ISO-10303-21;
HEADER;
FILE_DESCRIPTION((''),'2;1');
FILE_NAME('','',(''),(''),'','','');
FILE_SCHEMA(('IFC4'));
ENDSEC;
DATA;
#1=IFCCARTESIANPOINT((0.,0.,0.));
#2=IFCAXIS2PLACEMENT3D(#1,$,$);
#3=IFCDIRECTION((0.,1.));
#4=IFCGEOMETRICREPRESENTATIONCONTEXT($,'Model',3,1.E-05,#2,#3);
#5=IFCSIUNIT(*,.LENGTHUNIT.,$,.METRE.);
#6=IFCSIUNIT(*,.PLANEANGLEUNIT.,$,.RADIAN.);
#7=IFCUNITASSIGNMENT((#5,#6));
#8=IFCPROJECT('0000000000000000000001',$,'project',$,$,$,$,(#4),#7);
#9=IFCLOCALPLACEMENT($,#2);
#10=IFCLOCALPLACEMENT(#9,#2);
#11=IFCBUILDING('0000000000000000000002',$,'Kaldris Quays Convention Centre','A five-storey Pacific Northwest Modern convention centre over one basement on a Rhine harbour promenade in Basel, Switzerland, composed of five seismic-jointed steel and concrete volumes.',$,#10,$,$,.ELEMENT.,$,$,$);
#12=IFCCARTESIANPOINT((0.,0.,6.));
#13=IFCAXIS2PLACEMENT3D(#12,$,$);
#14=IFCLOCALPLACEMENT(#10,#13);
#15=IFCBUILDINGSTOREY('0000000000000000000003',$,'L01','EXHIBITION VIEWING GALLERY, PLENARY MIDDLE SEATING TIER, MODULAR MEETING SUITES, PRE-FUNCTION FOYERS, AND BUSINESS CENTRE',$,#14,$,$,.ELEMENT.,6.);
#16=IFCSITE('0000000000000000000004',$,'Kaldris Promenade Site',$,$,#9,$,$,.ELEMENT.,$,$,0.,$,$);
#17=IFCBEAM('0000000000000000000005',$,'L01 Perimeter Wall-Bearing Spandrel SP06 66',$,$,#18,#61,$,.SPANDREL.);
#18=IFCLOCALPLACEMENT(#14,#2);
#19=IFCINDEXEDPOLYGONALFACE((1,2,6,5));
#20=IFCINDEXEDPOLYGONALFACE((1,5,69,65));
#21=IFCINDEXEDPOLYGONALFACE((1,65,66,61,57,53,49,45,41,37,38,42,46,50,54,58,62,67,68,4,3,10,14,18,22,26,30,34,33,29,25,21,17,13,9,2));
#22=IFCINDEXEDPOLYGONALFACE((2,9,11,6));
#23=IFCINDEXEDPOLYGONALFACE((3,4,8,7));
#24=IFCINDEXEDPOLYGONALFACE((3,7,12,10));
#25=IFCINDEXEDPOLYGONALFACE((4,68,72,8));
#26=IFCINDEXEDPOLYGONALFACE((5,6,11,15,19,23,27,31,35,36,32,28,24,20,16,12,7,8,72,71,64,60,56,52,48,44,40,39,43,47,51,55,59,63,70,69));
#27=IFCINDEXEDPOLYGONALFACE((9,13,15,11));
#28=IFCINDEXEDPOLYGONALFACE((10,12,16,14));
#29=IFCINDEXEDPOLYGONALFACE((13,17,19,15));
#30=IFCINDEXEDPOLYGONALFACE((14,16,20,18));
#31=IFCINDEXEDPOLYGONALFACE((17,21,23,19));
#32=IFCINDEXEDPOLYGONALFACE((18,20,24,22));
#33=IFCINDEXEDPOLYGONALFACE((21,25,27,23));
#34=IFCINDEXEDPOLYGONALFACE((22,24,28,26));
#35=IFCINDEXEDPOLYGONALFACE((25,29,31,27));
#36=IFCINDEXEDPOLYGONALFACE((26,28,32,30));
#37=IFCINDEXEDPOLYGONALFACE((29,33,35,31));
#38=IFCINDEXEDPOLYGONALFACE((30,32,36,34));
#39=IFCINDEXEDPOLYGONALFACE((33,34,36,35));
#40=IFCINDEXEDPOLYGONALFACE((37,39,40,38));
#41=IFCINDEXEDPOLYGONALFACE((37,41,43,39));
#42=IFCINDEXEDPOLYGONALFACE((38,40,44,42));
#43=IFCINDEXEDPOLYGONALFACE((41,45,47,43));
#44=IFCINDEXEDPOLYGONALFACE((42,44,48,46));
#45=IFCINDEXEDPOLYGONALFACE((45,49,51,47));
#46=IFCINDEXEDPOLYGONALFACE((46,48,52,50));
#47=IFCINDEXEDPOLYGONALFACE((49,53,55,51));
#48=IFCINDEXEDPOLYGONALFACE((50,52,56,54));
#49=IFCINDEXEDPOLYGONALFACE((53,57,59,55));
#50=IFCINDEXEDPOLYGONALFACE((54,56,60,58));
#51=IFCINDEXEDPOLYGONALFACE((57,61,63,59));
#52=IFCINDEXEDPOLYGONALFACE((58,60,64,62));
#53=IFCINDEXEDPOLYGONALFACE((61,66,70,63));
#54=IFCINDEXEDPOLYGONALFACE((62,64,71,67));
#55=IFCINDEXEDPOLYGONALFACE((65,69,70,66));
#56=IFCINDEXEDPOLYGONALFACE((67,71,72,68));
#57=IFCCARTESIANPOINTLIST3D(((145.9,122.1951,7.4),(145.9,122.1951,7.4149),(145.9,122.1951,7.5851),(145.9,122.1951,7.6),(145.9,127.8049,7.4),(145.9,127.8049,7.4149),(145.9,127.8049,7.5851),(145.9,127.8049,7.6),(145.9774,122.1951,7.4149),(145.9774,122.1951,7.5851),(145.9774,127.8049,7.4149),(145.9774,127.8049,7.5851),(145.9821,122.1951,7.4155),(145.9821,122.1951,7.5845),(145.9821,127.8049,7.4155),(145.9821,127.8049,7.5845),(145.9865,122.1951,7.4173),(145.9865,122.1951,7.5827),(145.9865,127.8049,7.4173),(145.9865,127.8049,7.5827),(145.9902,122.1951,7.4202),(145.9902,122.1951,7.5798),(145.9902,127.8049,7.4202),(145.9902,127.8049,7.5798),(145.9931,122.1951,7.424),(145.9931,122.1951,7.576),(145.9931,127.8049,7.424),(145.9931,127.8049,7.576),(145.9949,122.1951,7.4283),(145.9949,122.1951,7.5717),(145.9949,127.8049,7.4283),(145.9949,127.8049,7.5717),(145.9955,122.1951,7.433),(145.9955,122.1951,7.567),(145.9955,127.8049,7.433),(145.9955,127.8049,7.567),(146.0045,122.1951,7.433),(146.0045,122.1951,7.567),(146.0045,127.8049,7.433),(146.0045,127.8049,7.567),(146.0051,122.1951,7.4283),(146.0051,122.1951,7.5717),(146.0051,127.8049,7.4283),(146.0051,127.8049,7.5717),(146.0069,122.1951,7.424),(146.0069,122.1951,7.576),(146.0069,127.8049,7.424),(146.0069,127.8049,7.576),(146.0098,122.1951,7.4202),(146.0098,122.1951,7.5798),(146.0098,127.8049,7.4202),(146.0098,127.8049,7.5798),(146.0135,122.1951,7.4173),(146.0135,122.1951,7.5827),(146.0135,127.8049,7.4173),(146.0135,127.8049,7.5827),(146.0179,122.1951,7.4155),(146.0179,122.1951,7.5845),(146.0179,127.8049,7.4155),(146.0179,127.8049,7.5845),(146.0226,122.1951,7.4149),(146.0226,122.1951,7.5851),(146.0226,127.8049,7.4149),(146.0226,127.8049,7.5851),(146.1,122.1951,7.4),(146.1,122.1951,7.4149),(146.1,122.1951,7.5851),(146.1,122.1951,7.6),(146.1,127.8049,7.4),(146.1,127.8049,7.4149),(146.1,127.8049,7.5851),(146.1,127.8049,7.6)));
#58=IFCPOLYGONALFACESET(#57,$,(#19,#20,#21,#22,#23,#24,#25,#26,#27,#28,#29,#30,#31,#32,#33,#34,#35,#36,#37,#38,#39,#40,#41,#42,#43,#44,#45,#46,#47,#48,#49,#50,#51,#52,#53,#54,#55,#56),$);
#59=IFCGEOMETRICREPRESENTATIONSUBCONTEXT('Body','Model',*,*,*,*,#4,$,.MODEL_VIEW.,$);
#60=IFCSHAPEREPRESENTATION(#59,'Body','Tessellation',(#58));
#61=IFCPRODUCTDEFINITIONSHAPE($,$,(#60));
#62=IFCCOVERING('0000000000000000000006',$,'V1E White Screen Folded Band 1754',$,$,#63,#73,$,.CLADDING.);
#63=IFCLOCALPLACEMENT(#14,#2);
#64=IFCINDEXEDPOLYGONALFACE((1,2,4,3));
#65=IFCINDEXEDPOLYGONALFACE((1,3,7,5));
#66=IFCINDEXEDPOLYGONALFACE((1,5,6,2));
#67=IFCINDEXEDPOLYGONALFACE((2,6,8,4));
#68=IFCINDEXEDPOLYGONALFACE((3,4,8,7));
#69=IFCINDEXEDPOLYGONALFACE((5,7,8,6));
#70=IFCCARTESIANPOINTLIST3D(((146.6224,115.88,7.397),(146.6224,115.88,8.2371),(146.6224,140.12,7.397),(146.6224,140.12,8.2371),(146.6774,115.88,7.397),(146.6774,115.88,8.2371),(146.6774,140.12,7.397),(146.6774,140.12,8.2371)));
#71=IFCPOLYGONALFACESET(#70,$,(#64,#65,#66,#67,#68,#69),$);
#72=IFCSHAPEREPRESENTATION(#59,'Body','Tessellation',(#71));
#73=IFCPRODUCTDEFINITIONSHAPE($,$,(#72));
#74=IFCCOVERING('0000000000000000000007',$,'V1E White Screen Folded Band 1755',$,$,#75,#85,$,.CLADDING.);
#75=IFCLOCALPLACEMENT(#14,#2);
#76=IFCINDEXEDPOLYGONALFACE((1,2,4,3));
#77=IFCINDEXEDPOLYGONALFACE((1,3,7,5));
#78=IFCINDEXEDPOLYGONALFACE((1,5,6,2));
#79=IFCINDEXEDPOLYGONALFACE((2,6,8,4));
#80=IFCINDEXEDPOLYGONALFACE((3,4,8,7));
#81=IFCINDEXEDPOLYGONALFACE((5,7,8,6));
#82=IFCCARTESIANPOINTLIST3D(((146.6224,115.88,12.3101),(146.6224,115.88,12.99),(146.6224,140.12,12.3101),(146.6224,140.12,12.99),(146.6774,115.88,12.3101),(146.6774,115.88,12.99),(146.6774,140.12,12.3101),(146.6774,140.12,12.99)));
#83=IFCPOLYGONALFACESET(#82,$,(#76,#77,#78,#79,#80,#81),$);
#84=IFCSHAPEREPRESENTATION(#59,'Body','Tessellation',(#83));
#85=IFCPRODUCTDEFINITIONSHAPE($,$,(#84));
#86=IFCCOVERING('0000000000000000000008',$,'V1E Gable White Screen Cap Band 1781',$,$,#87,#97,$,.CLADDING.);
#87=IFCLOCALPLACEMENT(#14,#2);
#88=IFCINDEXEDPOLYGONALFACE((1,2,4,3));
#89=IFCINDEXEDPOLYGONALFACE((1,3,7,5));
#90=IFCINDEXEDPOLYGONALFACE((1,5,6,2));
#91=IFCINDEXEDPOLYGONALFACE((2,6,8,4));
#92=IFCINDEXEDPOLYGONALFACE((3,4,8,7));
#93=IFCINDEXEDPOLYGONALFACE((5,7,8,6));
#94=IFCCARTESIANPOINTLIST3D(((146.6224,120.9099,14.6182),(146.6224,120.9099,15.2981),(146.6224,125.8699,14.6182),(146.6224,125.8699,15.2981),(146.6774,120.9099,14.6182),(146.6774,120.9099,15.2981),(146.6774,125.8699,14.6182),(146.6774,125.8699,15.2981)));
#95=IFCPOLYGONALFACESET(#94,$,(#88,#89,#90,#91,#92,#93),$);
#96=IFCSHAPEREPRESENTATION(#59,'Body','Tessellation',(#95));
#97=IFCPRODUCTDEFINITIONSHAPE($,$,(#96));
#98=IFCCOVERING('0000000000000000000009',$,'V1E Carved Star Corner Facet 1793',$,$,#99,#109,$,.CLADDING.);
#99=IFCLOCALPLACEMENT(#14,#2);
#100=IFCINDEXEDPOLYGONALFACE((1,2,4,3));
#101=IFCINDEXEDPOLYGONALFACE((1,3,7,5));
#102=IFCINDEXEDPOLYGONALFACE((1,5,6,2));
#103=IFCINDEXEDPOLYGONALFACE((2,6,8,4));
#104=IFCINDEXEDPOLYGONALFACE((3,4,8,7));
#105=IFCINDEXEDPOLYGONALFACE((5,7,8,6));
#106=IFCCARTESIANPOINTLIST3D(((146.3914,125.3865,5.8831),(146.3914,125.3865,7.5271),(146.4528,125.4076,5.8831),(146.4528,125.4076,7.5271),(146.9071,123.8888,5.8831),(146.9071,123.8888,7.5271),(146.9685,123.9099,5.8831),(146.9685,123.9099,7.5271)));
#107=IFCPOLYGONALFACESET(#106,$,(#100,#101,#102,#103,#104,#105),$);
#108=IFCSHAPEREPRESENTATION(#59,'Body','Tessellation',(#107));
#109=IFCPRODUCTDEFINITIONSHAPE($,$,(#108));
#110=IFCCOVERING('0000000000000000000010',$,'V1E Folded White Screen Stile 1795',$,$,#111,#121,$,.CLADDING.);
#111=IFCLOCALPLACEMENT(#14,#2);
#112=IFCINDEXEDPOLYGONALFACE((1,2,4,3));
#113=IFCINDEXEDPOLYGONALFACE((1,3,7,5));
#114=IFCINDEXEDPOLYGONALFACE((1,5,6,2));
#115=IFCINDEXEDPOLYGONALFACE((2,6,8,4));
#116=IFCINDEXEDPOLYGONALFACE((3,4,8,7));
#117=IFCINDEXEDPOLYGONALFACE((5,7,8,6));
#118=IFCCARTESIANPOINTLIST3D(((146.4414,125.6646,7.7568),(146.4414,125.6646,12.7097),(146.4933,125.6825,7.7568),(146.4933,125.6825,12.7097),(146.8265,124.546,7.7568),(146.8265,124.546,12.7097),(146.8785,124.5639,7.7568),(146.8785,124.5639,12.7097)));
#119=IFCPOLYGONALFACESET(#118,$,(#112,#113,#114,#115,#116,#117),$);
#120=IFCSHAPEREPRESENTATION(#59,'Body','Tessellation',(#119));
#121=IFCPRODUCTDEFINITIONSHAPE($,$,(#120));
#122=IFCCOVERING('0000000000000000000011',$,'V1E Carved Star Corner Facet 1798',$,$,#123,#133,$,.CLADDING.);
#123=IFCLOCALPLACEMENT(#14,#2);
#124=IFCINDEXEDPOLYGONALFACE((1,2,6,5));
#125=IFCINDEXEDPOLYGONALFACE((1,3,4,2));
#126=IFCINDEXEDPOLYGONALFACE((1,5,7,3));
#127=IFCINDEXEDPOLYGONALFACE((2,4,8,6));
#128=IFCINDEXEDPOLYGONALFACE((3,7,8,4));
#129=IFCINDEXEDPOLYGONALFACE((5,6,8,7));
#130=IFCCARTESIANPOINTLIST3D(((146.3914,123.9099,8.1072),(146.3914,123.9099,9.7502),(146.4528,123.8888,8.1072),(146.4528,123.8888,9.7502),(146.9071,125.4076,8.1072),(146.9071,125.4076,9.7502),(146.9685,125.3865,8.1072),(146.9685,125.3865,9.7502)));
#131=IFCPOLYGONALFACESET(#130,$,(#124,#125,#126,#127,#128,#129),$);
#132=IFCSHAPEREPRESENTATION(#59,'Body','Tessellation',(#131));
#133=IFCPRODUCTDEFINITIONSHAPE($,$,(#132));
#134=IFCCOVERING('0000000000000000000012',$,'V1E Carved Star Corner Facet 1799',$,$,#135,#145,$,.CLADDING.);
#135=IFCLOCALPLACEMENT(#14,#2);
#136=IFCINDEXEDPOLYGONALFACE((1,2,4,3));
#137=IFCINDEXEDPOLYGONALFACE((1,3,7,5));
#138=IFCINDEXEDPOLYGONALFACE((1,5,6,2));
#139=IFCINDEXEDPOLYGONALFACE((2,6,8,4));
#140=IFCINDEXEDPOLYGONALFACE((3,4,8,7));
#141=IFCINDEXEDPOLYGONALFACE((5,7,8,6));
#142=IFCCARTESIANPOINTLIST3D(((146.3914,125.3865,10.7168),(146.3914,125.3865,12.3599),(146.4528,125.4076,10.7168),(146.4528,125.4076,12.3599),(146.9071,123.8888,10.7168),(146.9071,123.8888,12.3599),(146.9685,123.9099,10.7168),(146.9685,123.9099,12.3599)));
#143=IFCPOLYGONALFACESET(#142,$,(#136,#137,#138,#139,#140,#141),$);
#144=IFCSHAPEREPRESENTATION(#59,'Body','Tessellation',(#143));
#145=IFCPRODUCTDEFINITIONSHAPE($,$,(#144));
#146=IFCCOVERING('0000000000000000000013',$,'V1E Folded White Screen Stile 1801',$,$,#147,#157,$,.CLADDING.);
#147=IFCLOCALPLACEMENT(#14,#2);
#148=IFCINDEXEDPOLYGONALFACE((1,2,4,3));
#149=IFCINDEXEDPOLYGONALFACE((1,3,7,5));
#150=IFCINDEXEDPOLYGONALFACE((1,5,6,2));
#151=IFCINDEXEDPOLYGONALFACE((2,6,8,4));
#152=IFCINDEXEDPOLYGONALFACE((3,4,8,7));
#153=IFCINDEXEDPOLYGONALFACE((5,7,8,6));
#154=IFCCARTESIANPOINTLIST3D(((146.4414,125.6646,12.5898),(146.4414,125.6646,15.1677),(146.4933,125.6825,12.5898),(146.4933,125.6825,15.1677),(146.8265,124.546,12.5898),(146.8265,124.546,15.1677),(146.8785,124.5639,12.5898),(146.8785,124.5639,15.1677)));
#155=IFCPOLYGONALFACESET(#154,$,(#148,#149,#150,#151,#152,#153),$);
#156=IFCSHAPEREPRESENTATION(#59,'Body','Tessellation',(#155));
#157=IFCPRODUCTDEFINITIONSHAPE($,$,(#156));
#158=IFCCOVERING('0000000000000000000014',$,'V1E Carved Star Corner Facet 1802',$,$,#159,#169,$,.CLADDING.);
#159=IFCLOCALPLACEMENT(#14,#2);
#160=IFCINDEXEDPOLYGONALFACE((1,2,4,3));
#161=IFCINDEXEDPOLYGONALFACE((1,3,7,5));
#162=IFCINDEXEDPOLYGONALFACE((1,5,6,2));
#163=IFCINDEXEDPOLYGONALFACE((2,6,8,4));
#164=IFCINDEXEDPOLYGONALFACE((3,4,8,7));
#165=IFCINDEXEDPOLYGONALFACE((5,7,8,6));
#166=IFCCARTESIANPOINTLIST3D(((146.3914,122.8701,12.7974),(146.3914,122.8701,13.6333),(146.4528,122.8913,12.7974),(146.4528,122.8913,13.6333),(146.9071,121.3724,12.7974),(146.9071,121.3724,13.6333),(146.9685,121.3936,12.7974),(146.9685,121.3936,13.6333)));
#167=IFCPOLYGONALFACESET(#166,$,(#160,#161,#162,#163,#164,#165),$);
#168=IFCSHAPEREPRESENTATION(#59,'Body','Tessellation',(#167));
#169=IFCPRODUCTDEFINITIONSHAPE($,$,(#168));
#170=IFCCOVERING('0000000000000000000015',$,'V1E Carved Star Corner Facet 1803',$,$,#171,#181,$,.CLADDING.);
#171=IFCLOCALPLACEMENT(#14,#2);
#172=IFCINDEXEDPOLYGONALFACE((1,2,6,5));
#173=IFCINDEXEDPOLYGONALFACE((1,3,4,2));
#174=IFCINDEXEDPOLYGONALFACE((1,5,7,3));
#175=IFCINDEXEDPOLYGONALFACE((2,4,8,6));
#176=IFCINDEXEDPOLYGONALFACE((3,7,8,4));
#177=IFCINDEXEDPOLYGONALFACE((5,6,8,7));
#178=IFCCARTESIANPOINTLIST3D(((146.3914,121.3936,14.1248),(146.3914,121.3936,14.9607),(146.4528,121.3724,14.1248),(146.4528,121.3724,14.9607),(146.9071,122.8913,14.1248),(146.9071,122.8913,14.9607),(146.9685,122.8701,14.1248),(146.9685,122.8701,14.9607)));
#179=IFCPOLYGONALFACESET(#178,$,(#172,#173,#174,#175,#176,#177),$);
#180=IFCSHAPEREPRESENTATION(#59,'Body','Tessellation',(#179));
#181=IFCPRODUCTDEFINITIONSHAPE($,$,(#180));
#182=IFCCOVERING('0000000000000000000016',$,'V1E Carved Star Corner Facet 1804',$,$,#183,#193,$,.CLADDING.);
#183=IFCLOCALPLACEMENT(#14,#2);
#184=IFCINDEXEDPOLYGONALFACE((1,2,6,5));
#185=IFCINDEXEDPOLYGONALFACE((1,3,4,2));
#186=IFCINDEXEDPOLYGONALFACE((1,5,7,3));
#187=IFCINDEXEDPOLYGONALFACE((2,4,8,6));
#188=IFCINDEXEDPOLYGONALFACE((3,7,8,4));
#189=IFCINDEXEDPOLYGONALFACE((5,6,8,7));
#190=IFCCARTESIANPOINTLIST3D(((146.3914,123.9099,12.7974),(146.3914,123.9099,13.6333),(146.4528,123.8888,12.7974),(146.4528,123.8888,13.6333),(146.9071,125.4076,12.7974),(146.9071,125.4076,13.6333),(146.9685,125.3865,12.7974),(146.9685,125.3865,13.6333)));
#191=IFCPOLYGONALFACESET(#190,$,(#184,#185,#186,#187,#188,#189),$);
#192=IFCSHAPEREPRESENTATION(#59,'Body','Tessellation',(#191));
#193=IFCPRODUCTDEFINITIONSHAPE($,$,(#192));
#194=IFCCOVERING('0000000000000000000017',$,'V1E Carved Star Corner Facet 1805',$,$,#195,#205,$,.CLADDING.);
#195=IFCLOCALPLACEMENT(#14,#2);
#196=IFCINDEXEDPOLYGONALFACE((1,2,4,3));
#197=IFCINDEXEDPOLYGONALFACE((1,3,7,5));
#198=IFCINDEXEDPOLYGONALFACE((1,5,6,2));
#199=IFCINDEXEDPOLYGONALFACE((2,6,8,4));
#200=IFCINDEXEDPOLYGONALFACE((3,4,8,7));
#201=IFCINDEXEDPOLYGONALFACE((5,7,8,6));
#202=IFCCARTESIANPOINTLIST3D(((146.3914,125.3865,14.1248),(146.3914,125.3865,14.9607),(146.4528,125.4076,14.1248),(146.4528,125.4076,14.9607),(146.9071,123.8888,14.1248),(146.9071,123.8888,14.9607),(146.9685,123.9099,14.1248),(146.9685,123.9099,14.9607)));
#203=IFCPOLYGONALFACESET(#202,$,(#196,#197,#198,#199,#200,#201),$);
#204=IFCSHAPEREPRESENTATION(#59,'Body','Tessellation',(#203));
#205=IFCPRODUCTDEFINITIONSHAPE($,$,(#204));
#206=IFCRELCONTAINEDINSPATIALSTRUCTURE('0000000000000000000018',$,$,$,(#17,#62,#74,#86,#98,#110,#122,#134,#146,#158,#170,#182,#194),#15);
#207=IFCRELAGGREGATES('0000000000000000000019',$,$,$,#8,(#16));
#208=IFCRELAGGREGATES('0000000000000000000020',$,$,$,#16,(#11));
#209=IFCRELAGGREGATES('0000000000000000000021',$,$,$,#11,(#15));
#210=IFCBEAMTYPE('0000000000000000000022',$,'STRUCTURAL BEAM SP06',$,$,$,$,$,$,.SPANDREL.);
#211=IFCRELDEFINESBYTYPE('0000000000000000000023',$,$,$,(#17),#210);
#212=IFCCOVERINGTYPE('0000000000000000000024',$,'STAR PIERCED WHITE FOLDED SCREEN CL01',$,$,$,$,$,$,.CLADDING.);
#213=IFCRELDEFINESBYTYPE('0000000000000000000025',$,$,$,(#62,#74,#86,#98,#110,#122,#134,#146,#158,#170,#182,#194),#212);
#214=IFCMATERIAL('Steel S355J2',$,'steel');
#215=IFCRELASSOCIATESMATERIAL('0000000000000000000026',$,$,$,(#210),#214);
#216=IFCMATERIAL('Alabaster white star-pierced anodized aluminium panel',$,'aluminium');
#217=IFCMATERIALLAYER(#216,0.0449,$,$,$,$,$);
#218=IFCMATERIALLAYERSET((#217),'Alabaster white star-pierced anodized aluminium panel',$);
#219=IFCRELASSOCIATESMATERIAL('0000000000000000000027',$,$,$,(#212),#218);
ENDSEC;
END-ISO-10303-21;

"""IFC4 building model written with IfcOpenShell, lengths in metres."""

from ifc_helpers import new_model, si_unit, direction, frame, origin, origin_2d, place, context, subcontext, project, spatial, rectangle, i_section, extrude, material, layer, layer_set, material_profile, profile_set, type_object, element, save


model = new_model("IFC4")

# Units and contexts
model_context = context("Model", 3, precision=1e-05, world=origin(), true_north=direction((0.0, 1.0)))
body_context = subcontext(model_context, "Body", "Model", "MODEL_VIEW")
ifc_project = project(units=[si_unit("LENGTHUNIT", "METRE"), si_unit("PLANEANGLEUNIT", "RADIAN")], contexts=[model_context])

# Site, building, storey
site_placement = place(None, origin())
site = spatial("IfcSite", under=ifc_project, at=site_placement, Name="Kaldris Promenade Site", CompositionType="ELEMENT", RefElevation=0.0)
building_placement = place(site_placement, origin())
building = spatial("IfcBuilding", under=site, at=building_placement, Name="Kaldris Quays Convention Centre", Description="A five-storey Pacific Northwest Modern convention centre over one basement on a Rhine harbour promenade in Basel, Switzerland, composed of five seismic-jointed steel and concrete volumes.", CompositionType="ELEMENT")
storey_placement = place(building_placement, frame((0.0, 0.0, 6.0)))
storey = spatial("IfcBuildingStorey", under=building, at=storey_placement, Name="L01", Description="EXHIBITION VIEWING GALLERY, PLENARY MIDDLE SEATING TIER, MODULAR MEETING SUITES, PRE-FUNCTION FOYERS, AND BUSINESS CENTRE", CompositionType="ELEMENT", Elevation=6.0)

# Beam
ifc_material_1 = material(Name="Steel S355J2", Category="steel")
ifc_material_profile = material_profile(ifc_material_1, i_section(OverallWidth=0.2, OverallDepth=0.2, WebThickness=0.009, FlangeThickness=0.0149, FilletRadius=0.0181, at=origin_2d()), Name="HEB 200")
ifc_profile_set = profile_set([ifc_material_profile], Name="Steel S355J2")
beam_type = type_object("IfcBeamType", Name="STRUCTURAL BEAM SP06", PredefinedType="SPANDREL", material=ifc_profile_set)
beam_placement = place(storey_placement, frame((146.0, 122.1951, 7.5), z_axis=(0.0, 1.0, 0.0), x_axis=(-1.0, 0.0, 0.0)))
element("IfcBeam", 1, at=beam_placement, inside=storey, type_object=beam_type, Name="L01 Perimeter Wall-Bearing Spandrel SP06 66", PredefinedType="SPANDREL", context=body_context, shape_type="SweptSolid", body=[
    extrude(i_section(OverallWidth=0.2, OverallDepth=0.2, WebThickness=0.009, FlangeThickness=0.0149, FilletRadius=0.0181, at=origin_2d()), origin(), (0.0, 0.0, 1.0), 5.6099),
])

# Coverings
ifc_material_2 = material(Name="Alabaster white star-pierced anodized aluminium panel", Category="aluminium")
ifc_layer = layer(ifc_material_2, 0.0449)
ifc_layer_set = layer_set([ifc_layer], Name="Alabaster white star-pierced anodized aluminium panel")
covering_type = type_object("IfcCoveringType", Name="STAR PIERCED WHITE FOLDED SCREEN CL01", PredefinedType="CLADDING", material=ifc_layer_set)
covering_1_placement = place(storey_placement, frame((146.6499, 128.0, 7.397), z_axis=(0.0, 0.0, 1.0), x_axis=(0.0, 1.0, 0.0)))
element("IfcCovering", 2, at=covering_1_placement, inside=storey, type_object=covering_type, Name="V1E White Screen Folded Band 1754", PredefinedType="CLADDING", context=body_context, shape_type="SweptSolid", body=[
    extrude(rectangle(XDim=24.24, YDim=0.0549, at=origin_2d()), origin(), (0.0, 0.0, 1.0), 0.8401),
])
covering_2_placement = place(storey_placement, frame((146.6499, 128.0, 12.3101), z_axis=(0.0, 0.0, 1.0), x_axis=(0.0, 1.0, 0.0)))
element("IfcCovering", 3, at=covering_2_placement, inside=storey, type_object=covering_type, Name="V1E White Screen Folded Band 1755", PredefinedType="CLADDING", context=body_context, shape_type="SweptSolid", body=[
    extrude(rectangle(XDim=24.24, YDim=0.0549, at=origin_2d()), origin(), (0.0, 0.0, 1.0), 0.6799),
])
covering_3_placement = place(storey_placement, frame((146.6499, 123.3899, 14.6182), z_axis=(0.0, 0.0, 1.0), x_axis=(0.0, 1.0, 0.0)))
element("IfcCovering", 4, at=covering_3_placement, inside=storey, type_object=covering_type, Name="V1E Gable White Screen Cap Band 1781", PredefinedType="CLADDING", context=body_context, shape_type="SweptSolid", body=[
    extrude(rectangle(XDim=4.96, YDim=0.0549, at=origin_2d()), origin(), (0.0, 0.0, 1.0), 0.6799),
])
covering_4_placement = place(storey_placement, frame((146.6799, 124.6482, 5.8831), z_axis=(0.0, 0.0, 1.0), x_axis=(-0.325568, 0.945519, 0.0)))
element("IfcCovering", 5, at=covering_4_placement, inside=storey, type_object=covering_type, Name="V1E Carved Star Corner Facet 1793", PredefinedType="CLADDING", context=body_context, shape_type="SweptSolid", body=[
    extrude(rectangle(XDim=1.584, YDim=0.0649, at=origin_2d()), origin(), (0.0, 0.0, 1.0), 1.644),
])
covering_5_placement = place(storey_placement, frame((146.6599, 125.1143, 7.7568), z_axis=(0.0, 0.0, 1.0), x_axis=(-0.325568, 0.945519, 0.0)))
element("IfcCovering", 6, at=covering_5_placement, inside=storey, type_object=covering_type, Name="V1E Folded White Screen Stile 1795", PredefinedType="CLADDING", context=body_context, shape_type="SweptSolid", body=[
    extrude(rectangle(XDim=1.1831, YDim=0.0549, at=origin_2d()), origin(), (0.0, 0.0, 1.0), 4.9529),
])
for number, where, z_axis, x_axis, name in (
    (7, (146.6799, 124.6482, 8.1072), (0.0, 0.0, 1.0), (0.325568, 0.945519, 0.0), "V1E Carved Star Corner Facet 1798"),
    (8, (146.6799, 124.6482, 10.7168), (0.0, 0.0, 1.0), (-0.325568, 0.945519, 0.0), "V1E Carved Star Corner Facet 1799"),
):
    element("IfcCovering", number, at=place(storey_placement, frame(where, z_axis=z_axis, x_axis=x_axis)), inside=storey, type_object=covering_type, Name=name, PredefinedType="CLADDING", context=body_context, shape_type="SweptSolid", body=[
        extrude(rectangle(XDim=1.584, YDim=0.0649, at=origin_2d()), origin(), (0.0, 0.0, 1.0), 1.6431),
    ])
covering_6_placement = place(storey_placement, frame((146.6599, 125.1143, 12.5898), z_axis=(0.0, 0.0, 1.0), x_axis=(-0.325568, 0.945519, 0.0)))
element("IfcCovering", 9, at=covering_6_placement, inside=storey, type_object=covering_type, Name="V1E Folded White Screen Stile 1801", PredefinedType="CLADDING", context=body_context, shape_type="SweptSolid", body=[
    extrude(rectangle(XDim=1.1831, YDim=0.0549, at=origin_2d()), origin(), (0.0, 0.0, 1.0), 2.5779),
])
for number, where, z_axis, x_axis, name in (
    (10, (146.6799, 122.1318, 12.7974), (0.0, 0.0, 1.0), (-0.325568, 0.945519, 0.0), "V1E Carved Star Corner Facet 1802"),
    (11, (146.6799, 122.1318, 14.1248), (0.0, 0.0, 1.0), (0.325568, 0.945519, 0.0), "V1E Carved Star Corner Facet 1803"),
    (12, (146.6799, 124.6482, 12.7974), (0.0, 0.0, 1.0), (0.325568, 0.945519, 0.0), "V1E Carved Star Corner Facet 1804"),
    (13, (146.6799, 124.6482, 14.1248), (0.0, 0.0, 1.0), (-0.325568, 0.945519, 0.0), "V1E Carved Star Corner Facet 1805"),
):
    element("IfcCovering", number, at=place(storey_placement, frame(where, z_axis=z_axis, x_axis=x_axis)), inside=storey, type_object=covering_type, Name=name, PredefinedType="CLADDING", context=body_context, shape_type="SweptSolid", body=[
        extrude(rectangle(XDim=1.584, YDim=0.0649, at=origin_2d()), origin(), (0.0, 0.0, 1.0), 0.8359),
    ])

save(model, "model.ifc")
